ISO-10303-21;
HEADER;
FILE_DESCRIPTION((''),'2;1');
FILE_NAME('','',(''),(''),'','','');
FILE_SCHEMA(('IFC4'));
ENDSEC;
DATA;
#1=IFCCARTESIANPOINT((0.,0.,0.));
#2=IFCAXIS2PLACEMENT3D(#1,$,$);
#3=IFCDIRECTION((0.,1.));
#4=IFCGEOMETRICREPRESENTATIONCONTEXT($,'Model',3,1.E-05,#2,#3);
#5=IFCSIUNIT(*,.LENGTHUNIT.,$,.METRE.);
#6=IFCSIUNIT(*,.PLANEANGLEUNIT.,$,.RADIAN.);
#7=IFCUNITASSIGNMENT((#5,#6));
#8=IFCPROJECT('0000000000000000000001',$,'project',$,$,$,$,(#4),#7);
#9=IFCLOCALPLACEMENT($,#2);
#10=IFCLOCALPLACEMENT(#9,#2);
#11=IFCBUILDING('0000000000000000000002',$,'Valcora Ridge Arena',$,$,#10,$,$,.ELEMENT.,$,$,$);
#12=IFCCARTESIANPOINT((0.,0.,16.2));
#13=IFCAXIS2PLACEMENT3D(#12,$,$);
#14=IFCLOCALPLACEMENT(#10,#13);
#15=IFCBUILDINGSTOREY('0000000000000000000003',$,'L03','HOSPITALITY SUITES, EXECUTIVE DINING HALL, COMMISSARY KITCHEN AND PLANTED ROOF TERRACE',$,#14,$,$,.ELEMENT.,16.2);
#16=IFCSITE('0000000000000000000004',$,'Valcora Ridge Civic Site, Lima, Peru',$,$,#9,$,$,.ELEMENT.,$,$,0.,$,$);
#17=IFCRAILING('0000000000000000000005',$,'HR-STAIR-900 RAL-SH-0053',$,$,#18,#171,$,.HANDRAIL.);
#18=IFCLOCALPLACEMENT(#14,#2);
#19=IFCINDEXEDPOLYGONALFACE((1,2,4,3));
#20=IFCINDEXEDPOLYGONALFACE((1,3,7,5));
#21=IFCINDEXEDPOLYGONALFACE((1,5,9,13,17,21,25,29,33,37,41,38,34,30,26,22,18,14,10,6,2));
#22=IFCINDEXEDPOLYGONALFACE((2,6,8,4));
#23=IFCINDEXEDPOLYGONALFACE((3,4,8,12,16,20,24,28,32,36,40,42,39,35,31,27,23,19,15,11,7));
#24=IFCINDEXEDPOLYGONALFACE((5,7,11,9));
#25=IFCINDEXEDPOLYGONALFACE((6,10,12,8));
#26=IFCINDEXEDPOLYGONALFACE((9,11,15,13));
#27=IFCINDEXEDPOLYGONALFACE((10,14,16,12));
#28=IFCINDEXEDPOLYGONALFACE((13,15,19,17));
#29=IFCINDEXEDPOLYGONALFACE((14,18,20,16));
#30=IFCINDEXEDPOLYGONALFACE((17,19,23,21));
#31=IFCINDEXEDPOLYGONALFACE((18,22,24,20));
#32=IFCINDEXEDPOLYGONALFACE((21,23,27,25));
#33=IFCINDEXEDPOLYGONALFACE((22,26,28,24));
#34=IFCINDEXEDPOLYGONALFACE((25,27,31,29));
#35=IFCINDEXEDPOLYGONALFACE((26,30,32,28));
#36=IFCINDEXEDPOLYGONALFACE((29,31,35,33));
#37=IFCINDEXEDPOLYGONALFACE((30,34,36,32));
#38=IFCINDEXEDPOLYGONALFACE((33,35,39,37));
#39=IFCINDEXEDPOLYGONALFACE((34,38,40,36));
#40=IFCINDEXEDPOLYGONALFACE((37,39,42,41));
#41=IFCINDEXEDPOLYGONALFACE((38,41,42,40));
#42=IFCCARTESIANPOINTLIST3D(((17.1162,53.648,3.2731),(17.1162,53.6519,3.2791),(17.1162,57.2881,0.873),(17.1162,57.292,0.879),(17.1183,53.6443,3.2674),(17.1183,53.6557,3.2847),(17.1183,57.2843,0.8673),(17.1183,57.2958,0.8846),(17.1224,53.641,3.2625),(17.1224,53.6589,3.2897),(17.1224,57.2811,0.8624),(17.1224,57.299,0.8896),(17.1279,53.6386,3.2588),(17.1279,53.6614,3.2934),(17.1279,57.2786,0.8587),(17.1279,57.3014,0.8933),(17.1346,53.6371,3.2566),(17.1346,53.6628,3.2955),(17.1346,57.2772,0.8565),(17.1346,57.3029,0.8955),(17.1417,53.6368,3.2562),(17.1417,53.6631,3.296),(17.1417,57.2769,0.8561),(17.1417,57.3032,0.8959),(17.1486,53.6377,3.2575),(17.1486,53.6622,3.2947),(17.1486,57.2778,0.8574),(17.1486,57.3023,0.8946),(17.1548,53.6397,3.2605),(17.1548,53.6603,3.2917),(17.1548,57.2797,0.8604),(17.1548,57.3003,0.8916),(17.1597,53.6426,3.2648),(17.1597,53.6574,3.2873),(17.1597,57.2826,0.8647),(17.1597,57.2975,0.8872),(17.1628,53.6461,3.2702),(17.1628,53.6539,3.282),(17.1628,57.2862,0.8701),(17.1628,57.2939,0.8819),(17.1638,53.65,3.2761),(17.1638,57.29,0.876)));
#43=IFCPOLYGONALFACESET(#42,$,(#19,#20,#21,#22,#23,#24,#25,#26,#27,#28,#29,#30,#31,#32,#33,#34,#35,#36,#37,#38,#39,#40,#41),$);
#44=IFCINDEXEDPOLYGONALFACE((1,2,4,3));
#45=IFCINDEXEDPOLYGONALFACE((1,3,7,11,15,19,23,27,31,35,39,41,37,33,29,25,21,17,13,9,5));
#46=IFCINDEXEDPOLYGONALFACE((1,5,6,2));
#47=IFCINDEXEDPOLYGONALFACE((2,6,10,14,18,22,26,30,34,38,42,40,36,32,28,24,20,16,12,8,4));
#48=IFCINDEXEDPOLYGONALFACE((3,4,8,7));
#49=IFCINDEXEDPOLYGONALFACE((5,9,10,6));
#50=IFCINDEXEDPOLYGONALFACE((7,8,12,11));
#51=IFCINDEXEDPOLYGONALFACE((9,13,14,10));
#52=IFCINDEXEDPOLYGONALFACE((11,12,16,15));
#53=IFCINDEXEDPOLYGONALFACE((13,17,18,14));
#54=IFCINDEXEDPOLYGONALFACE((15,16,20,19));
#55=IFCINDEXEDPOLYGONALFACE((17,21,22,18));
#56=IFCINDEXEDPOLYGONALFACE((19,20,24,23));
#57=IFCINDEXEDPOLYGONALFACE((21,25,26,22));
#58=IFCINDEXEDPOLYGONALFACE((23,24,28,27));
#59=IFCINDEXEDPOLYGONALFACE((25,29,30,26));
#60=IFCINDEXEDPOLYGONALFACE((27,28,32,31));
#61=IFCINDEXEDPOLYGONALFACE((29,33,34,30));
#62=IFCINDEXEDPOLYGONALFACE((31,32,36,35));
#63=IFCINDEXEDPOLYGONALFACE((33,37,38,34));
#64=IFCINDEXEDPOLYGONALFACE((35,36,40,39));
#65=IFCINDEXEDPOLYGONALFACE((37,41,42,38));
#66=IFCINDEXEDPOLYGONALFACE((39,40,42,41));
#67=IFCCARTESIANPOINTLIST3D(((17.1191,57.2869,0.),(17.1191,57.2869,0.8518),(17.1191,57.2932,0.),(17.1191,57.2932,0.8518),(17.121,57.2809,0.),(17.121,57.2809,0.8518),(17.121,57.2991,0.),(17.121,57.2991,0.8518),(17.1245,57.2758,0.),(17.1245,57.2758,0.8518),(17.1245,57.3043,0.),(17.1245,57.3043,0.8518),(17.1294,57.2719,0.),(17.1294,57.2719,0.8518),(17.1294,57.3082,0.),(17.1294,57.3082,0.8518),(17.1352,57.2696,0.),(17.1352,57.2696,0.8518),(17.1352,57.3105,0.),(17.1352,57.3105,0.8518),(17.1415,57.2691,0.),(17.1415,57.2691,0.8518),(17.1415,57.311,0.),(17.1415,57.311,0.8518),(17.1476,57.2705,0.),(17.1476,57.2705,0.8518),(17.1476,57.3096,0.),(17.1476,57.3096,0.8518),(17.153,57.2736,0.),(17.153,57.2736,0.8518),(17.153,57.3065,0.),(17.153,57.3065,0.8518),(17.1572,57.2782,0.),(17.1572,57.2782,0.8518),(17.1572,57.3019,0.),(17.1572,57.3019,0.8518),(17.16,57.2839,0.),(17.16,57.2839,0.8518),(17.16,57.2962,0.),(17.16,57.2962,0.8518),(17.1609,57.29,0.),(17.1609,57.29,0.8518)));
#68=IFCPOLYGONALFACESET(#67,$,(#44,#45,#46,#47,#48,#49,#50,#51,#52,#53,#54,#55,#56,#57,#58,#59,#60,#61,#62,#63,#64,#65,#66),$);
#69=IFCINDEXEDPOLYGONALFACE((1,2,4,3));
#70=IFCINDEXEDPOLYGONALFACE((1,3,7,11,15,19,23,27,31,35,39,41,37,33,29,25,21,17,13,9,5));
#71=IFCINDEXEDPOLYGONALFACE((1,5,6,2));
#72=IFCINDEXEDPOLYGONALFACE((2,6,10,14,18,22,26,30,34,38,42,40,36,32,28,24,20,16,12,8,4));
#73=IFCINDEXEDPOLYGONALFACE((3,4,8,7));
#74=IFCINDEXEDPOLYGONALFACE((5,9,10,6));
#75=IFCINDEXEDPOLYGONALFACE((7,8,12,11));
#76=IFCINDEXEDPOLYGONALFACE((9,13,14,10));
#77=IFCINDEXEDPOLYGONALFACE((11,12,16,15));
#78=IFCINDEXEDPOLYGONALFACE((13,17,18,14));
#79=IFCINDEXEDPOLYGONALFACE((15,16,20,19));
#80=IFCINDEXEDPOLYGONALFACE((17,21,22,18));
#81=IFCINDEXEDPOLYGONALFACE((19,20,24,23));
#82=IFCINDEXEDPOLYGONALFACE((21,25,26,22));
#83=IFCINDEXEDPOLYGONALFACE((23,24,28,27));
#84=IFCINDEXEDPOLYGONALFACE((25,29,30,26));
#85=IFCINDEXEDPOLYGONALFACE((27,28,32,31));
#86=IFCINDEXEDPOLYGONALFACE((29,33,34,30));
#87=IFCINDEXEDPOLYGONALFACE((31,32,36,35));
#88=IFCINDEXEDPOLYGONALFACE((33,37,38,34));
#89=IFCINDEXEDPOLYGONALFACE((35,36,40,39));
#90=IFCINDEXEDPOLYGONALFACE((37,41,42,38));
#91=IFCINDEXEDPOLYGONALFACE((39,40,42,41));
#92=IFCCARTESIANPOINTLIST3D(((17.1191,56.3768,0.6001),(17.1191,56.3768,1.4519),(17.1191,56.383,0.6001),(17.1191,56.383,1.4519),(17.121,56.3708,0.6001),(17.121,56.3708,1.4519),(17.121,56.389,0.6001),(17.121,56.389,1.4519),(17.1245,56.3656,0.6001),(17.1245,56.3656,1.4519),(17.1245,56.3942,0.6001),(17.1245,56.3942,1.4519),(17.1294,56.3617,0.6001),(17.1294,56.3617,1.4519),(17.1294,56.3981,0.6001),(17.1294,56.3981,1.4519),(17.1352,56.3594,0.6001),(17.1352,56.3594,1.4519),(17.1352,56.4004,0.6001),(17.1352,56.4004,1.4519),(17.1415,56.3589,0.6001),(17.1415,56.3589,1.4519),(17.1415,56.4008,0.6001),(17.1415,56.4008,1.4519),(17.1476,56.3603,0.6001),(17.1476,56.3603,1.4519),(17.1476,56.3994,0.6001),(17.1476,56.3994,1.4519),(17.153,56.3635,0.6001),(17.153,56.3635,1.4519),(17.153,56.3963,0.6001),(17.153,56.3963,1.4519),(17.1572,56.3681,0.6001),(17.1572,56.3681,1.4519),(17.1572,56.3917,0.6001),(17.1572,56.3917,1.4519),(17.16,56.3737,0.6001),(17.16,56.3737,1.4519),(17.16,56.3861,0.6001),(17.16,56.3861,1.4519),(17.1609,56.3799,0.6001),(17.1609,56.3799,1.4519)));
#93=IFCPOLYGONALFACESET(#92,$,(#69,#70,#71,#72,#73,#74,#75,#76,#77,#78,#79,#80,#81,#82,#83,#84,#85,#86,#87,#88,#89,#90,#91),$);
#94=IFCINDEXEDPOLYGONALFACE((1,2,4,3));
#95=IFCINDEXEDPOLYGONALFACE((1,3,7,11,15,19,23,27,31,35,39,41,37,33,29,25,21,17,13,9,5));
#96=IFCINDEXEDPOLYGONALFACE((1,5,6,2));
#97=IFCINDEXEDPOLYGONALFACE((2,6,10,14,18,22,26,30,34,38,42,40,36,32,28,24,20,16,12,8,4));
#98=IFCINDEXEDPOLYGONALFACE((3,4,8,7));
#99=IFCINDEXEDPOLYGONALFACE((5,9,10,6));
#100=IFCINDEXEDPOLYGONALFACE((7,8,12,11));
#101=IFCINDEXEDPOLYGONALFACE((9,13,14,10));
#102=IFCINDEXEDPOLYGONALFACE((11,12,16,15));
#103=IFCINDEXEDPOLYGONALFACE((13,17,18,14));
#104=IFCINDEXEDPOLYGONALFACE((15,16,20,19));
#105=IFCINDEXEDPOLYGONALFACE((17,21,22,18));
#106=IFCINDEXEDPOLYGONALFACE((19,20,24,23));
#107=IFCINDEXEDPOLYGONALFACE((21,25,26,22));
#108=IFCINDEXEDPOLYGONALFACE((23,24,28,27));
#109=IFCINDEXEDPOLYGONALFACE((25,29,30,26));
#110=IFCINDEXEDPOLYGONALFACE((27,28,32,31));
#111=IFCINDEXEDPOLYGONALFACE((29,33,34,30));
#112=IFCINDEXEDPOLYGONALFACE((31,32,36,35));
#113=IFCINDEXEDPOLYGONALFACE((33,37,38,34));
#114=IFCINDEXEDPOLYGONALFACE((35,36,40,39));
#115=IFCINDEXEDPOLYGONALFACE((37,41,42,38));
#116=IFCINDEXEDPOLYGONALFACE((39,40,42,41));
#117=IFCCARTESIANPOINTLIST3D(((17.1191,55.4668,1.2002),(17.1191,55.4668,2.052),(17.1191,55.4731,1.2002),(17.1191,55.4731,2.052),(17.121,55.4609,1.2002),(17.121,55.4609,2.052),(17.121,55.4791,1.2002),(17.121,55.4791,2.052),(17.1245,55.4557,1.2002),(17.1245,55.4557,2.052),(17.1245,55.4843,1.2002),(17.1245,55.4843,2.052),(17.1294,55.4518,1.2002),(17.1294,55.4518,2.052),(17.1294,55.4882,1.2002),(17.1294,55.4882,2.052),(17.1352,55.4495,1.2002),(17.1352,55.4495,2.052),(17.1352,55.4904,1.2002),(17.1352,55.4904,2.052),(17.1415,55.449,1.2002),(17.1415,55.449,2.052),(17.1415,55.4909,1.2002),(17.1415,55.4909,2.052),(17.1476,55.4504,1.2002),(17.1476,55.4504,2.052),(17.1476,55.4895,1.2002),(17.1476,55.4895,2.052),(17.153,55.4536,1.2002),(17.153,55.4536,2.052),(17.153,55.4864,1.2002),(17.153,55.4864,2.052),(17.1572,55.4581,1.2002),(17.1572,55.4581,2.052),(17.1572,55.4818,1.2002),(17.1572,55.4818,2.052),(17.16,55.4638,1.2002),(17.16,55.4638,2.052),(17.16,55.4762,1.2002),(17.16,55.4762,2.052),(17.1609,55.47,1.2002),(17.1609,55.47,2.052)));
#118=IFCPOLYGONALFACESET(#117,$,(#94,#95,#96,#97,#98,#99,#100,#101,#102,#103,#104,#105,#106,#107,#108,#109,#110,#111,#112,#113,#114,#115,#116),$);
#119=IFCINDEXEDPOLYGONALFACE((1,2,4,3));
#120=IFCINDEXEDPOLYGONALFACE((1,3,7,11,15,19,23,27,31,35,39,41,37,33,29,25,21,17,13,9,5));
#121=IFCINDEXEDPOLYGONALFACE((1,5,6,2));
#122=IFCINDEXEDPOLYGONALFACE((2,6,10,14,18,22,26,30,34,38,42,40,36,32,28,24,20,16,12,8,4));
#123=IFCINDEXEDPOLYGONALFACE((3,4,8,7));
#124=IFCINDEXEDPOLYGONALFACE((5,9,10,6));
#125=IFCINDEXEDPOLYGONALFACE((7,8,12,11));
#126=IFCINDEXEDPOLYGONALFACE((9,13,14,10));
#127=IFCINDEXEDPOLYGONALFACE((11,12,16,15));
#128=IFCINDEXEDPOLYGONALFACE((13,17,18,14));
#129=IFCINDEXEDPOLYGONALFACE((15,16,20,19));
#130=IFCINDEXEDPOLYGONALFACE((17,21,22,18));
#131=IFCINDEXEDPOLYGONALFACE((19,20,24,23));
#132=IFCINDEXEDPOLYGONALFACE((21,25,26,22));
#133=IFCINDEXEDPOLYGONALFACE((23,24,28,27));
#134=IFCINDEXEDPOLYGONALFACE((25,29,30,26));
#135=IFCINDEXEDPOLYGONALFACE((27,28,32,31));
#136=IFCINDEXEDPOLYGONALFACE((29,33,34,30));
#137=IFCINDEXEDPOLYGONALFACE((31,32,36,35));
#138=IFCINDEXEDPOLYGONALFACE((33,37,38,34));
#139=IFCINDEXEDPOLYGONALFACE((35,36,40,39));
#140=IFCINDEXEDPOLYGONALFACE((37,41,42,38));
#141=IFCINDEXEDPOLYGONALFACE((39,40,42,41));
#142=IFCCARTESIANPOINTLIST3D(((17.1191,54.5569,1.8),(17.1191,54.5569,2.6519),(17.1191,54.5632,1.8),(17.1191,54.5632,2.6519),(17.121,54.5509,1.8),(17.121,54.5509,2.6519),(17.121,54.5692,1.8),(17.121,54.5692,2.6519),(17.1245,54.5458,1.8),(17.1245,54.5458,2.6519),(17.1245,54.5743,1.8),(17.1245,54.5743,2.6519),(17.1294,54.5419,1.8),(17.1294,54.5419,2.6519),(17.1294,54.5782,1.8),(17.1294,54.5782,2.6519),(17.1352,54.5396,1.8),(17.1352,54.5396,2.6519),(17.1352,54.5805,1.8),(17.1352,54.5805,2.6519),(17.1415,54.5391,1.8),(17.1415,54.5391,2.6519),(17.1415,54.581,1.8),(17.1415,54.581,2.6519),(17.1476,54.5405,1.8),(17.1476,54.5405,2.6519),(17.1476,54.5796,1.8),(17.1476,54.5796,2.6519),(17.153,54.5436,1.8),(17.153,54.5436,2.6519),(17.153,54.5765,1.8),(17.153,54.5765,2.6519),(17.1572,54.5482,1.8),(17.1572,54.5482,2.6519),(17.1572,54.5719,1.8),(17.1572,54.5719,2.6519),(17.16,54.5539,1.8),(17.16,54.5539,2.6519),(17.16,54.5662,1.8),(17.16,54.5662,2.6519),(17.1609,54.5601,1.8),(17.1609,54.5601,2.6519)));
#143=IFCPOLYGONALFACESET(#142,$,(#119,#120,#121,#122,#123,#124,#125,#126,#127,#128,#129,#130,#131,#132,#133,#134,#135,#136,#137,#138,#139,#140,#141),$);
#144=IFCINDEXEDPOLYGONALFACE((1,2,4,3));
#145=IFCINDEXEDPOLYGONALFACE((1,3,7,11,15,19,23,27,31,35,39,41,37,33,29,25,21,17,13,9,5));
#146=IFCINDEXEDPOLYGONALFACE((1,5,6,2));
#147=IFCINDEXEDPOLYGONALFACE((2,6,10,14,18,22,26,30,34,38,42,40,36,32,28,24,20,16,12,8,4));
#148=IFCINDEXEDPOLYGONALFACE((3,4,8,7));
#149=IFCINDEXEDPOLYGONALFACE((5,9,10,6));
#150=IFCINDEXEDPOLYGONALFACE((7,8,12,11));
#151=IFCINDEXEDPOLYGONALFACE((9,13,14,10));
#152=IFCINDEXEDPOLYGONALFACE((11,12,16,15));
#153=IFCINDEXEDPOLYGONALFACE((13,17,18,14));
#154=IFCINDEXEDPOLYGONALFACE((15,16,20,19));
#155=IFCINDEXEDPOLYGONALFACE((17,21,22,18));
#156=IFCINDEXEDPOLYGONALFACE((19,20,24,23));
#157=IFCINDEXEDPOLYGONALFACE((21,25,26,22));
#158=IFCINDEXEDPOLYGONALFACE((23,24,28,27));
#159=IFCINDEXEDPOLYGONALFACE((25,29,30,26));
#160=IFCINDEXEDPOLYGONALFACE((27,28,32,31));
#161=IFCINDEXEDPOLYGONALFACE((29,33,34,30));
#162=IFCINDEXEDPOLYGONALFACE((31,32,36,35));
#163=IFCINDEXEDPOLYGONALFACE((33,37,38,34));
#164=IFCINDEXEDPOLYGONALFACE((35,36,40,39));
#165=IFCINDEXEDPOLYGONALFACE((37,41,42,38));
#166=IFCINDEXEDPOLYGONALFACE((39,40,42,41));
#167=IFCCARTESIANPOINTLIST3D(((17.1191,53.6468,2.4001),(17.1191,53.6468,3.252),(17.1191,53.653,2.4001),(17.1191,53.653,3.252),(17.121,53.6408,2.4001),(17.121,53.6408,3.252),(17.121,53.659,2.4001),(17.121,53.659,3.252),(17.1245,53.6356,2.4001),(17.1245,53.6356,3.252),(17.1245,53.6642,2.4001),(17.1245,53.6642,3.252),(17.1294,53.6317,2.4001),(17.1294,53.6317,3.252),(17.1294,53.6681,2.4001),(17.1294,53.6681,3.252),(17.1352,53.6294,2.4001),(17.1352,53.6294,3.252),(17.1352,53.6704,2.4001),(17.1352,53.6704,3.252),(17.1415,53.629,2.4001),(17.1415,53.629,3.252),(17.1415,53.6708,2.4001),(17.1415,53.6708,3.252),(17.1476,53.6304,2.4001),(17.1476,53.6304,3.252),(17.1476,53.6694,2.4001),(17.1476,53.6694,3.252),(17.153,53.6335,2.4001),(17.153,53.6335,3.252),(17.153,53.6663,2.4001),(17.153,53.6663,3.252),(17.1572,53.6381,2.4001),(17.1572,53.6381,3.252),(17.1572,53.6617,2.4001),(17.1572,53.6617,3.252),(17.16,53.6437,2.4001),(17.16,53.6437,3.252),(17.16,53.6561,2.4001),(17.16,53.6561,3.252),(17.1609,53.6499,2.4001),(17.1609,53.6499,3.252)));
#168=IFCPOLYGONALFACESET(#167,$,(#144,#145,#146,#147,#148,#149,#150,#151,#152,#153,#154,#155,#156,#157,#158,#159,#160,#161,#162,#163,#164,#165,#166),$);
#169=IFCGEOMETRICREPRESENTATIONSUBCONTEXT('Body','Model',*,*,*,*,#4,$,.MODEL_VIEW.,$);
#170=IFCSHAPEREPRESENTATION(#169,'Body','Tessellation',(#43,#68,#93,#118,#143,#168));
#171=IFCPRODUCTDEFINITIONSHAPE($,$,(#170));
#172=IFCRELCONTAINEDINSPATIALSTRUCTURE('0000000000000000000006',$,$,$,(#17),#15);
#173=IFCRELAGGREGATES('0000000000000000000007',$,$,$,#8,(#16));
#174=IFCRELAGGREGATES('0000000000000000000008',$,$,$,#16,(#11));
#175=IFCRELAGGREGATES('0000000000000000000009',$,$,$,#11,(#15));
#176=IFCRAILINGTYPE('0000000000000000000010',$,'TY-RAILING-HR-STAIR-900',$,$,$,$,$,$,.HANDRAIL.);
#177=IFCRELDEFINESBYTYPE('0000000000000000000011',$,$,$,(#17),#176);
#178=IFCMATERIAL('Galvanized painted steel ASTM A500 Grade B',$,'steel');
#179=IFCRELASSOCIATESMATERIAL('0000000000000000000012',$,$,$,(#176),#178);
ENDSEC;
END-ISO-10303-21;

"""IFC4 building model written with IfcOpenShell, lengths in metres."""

from ifc_helpers import new_model, si_unit, direction, frame, origin, origin_2d, place, context, subcontext, project, spatial, circle, extrude, material, type_object, element, save


model = new_model("IFC4")

# Units and contexts
model_context = context("Model", 3, precision=1e-05, world=origin(), true_north=direction((0.0, 1.0)))
body_context = subcontext(model_context, "Body", "Model", "MODEL_VIEW")
ifc_project = project(units=[si_unit("LENGTHUNIT", "METRE"), si_unit("PLANEANGLEUNIT", "RADIAN")], contexts=[model_context])

# Site, building, storey
site_placement = place(None, origin())
site = spatial("IfcSite", under=ifc_project, at=site_placement, Name="Valcora Ridge Civic Site, Lima, Peru", CompositionType="ELEMENT", RefElevation=0.0)
building_placement = place(site_placement, origin())
building = spatial("IfcBuilding", under=site, at=building_placement, Name="Valcora Ridge Arena", CompositionType="ELEMENT")
storey_placement = place(building_placement, frame((0.0, 0.0, 16.2)))
storey = spatial("IfcBuildingStorey", under=building, at=storey_placement, Name="L03", Description="HOSPITALITY SUITES, EXECUTIVE DINING HALL, COMMISSARY KITCHEN AND PLANTED ROOF TERRACE", CompositionType="ELEMENT", Elevation=16.2)

# Railing
ifc_material_1 = material(Name="Galvanized painted steel ASTM A500 Grade B", Category="steel")
railing_type = type_object("IfcRailingType", Name="TY-RAILING-HR-STAIR-900", PredefinedType="HANDRAIL", material=ifc_material_1)
railing_placement = place(storey_placement, frame((17.1399, 57.29, 0.0)))
element("IfcRailing", 1, at=railing_placement, inside=storey, type_object=railing_type, Name="HR-STAIR-900 RAL-SH-0053", PredefinedType="HANDRAIL", context=body_context, shape_type="SweptSolid", body=[
    extrude(circle(Radius=0.0239, at=origin_2d()), frame((0.0, 0.0, 0.876), z_axis=(0.0, -0.834856, 0.550468), x_axis=(1.0, 0.0, 0.0)), (0.0, 0.0, 1.0), 4.3601),
    extrude(circle(Radius=0.021, at=origin_2d()), origin(), (0.0, 0.0, 1.0), 0.8518),
    extrude(circle(Radius=0.021, at=origin_2d()), frame((0.0, -0.9102, 0.6001)), (0.0, 0.0, 1.0), 0.8518),
    extrude(circle(Radius=0.021, at=origin_2d()), frame((0.0, -1.8201, 1.2002)), (0.0, 0.0, 1.0), 0.8518),
    extrude(circle(Radius=0.021, at=origin_2d()), frame((0.0, -2.73, 1.8)), (0.0, 0.0, 1.0), 0.8518),
    extrude(circle(Radius=0.021, at=origin_2d()), frame((0.0, -3.6401, 2.4001)), (0.0, 0.0, 1.0), 0.8518),
])

save(model, "model.ifc")
